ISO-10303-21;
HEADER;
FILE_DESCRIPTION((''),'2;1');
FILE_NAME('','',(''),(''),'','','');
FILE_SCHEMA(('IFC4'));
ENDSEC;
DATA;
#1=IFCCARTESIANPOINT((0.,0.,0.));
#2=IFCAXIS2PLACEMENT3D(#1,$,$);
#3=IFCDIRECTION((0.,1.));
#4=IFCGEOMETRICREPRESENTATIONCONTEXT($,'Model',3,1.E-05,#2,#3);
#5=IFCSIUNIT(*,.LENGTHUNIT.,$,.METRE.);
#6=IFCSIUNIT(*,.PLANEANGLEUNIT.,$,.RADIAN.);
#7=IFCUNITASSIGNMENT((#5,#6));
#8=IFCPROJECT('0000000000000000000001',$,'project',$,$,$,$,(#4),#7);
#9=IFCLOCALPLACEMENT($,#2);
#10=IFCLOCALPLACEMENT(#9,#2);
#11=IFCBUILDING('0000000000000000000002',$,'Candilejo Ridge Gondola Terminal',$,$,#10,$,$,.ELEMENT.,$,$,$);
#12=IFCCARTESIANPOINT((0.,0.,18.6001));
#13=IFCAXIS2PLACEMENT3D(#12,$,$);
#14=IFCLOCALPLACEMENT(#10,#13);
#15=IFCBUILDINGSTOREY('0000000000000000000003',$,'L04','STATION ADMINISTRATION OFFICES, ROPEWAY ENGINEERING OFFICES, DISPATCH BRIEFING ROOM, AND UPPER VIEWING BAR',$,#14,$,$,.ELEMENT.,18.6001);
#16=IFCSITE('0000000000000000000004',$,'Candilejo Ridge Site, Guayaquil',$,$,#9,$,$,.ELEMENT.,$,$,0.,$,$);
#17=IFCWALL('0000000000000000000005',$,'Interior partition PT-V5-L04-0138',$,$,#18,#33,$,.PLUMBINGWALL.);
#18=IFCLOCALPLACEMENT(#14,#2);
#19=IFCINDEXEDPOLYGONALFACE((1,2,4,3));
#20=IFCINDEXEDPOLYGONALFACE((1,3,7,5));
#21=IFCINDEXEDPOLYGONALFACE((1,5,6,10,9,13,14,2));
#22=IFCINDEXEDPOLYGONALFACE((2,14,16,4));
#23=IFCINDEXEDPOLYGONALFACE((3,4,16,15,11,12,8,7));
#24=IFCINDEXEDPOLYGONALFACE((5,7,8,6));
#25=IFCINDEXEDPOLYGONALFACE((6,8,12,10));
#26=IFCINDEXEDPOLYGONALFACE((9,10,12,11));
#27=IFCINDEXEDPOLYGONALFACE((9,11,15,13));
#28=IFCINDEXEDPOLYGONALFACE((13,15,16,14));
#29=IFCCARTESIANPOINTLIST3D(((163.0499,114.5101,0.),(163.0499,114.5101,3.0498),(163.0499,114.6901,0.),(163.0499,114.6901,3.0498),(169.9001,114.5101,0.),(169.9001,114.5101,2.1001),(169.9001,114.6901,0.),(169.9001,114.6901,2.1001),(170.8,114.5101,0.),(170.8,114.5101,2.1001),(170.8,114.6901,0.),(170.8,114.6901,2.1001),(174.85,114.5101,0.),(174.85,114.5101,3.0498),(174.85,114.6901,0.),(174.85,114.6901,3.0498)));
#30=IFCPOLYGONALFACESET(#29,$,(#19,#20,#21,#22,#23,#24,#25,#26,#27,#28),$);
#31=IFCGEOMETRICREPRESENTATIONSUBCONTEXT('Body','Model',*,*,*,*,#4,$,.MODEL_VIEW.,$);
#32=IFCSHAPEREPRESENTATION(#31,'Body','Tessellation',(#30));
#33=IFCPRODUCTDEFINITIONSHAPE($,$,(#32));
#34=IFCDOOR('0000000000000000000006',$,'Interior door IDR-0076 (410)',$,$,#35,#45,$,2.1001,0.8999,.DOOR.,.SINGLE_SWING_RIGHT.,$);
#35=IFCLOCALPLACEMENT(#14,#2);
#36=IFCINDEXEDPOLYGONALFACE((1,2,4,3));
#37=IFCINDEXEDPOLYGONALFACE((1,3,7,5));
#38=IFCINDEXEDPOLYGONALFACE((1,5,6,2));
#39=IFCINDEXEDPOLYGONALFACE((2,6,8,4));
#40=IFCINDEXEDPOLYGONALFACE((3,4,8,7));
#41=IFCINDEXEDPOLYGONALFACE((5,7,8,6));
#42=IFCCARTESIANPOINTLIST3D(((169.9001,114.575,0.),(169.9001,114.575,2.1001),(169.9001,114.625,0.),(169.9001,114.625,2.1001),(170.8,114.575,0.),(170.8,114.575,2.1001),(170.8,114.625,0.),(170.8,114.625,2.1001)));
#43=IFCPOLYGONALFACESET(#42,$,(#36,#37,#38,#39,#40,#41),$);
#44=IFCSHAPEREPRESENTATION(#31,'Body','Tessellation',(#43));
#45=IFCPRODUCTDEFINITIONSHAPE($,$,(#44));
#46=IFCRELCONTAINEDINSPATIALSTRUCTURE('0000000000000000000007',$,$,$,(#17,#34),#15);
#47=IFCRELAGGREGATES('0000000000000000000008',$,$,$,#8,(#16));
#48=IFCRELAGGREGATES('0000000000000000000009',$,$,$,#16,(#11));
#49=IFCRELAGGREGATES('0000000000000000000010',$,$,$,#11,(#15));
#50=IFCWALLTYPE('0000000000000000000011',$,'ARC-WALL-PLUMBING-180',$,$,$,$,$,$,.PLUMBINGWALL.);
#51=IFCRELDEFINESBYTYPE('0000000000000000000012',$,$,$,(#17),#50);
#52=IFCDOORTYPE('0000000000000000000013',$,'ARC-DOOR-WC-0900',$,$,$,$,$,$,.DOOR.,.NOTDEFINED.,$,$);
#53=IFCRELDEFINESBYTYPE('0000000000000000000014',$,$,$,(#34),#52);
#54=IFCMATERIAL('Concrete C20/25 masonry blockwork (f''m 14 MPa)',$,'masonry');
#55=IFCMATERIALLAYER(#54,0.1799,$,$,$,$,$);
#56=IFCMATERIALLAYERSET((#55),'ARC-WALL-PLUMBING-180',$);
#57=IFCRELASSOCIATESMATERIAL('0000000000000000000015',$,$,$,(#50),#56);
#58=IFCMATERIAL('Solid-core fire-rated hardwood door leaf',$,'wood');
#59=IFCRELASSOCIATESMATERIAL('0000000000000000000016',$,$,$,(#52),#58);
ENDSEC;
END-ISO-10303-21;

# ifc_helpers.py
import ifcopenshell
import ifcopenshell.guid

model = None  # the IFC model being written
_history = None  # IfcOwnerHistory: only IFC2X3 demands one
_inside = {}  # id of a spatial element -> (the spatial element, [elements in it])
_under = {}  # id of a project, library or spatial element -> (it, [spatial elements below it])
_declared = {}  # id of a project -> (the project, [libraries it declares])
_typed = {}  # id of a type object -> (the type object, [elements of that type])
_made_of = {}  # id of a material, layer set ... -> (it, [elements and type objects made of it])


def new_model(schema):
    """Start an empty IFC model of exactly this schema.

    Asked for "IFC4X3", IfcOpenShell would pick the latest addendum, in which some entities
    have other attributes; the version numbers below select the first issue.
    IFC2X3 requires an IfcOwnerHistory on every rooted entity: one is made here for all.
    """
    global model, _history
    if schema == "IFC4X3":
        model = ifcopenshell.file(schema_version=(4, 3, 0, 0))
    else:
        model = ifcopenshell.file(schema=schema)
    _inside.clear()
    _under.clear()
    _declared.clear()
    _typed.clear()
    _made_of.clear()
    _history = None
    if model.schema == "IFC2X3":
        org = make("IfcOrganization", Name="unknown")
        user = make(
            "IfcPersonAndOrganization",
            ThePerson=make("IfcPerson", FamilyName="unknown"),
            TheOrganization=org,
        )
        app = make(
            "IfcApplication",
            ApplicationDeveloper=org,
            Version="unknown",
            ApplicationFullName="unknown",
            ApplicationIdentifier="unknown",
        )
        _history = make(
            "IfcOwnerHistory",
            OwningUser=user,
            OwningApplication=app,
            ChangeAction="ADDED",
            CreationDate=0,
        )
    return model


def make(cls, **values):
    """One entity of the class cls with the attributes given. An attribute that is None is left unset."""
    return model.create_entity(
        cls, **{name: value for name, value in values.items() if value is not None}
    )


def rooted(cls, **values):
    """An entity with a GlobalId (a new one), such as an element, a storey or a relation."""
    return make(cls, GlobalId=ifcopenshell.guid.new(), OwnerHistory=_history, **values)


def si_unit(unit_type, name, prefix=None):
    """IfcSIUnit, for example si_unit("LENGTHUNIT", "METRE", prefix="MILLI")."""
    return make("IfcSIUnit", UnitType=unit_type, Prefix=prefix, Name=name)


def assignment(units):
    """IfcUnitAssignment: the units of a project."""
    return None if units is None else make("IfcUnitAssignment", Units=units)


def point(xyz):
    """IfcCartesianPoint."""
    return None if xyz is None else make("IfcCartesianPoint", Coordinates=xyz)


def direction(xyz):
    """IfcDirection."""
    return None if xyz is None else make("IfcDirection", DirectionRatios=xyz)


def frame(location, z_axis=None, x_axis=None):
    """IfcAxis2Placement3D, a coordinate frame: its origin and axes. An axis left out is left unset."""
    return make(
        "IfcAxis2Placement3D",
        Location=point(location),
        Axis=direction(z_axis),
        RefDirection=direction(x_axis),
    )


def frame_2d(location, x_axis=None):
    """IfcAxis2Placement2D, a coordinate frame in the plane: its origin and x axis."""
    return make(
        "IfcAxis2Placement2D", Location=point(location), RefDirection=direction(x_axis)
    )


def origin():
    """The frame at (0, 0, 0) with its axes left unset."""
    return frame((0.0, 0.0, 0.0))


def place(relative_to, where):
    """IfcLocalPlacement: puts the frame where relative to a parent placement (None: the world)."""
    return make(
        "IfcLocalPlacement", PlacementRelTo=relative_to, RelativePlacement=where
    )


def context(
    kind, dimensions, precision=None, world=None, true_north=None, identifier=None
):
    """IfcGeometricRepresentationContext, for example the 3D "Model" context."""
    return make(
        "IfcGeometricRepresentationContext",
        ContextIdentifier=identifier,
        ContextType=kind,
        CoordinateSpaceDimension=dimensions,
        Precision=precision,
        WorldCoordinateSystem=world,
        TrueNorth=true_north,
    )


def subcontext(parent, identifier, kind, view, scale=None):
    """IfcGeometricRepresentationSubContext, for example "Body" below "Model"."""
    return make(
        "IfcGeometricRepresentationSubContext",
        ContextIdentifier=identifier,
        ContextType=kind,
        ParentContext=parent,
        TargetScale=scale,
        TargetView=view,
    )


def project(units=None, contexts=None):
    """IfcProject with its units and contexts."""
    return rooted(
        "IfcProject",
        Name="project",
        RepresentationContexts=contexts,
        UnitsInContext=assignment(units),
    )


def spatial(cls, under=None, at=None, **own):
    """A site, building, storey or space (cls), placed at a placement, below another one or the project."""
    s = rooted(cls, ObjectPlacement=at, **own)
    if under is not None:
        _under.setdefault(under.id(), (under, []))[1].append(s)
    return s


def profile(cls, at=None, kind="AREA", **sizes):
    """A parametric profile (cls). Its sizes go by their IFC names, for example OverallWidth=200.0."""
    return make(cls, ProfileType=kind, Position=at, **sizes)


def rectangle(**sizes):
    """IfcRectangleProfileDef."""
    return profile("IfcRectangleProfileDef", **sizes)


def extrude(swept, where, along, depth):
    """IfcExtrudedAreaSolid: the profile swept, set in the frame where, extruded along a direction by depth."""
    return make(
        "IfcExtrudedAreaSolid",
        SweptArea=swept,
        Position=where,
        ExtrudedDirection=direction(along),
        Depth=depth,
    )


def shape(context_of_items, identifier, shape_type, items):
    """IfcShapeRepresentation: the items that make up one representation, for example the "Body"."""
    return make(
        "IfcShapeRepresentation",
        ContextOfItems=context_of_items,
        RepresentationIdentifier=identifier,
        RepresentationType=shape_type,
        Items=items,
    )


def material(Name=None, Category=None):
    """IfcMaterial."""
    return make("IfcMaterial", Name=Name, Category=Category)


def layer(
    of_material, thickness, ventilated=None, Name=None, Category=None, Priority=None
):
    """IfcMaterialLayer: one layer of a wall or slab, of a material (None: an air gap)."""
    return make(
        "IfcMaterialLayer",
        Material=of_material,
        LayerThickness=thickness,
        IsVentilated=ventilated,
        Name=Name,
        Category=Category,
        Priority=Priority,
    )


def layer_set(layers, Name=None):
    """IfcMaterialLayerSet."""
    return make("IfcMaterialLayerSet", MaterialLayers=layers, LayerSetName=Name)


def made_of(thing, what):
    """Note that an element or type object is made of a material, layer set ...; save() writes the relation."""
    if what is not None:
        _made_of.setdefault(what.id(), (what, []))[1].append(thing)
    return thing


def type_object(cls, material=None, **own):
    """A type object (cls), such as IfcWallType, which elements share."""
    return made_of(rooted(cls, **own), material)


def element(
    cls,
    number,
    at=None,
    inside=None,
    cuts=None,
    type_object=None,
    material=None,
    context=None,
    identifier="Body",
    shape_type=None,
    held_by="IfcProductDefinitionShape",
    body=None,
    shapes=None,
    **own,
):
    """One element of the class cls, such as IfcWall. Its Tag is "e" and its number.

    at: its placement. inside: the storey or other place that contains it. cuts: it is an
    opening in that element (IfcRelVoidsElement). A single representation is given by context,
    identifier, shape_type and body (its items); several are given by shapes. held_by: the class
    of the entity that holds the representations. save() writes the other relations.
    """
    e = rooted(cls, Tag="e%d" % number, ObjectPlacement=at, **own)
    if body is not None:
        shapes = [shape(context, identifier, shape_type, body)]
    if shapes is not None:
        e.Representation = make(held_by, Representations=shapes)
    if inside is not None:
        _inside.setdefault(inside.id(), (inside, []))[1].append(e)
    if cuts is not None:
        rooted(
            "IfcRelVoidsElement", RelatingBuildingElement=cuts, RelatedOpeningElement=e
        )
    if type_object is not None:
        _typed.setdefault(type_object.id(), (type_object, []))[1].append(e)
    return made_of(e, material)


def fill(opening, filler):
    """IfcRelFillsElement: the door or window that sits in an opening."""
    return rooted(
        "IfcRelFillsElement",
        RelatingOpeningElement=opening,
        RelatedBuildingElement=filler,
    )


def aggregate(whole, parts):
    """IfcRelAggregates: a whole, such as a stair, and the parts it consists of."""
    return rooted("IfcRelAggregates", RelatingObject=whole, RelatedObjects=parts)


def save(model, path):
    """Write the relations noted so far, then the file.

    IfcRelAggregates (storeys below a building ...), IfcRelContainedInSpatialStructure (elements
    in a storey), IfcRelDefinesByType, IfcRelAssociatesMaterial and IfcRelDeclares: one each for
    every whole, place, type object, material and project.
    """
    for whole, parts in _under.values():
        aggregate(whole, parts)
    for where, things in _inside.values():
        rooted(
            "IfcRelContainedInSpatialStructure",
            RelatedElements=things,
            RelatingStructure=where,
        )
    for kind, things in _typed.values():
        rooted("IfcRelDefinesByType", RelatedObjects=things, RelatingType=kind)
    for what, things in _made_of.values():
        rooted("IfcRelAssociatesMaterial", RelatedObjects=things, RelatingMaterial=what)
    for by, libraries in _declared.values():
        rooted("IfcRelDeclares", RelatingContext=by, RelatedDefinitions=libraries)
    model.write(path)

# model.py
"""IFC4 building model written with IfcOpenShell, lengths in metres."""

from ifc_helpers import new_model, si_unit, direction, frame, frame_2d, origin, place, context, subcontext, project, spatial, rectangle, extrude, material, layer, layer_set, type_object, element, fill, save


model = new_model("IFC4")

# Units and contexts
model_context = context("Model", 3, precision=1e-05, world=origin(), true_north=direction((0.0, 1.0)))
body_context = subcontext(model_context, "Body", "Model", "MODEL_VIEW")
ifc_project = project(units=[si_unit("LENGTHUNIT", "METRE"), si_unit("PLANEANGLEUNIT", "RADIAN")], contexts=[model_context])

# Site, building, storey
site_placement = place(None, origin())
site = spatial("IfcSite", under=ifc_project, at=site_placement, Name="Candilejo Ridge Site, Guayaquil", CompositionType="ELEMENT", RefElevation=0.0)
building_placement = place(site_placement, origin())
building = spatial("IfcBuilding", under=site, at=building_placement, Name="Candilejo Ridge Gondola Terminal", CompositionType="ELEMENT")
storey_placement = place(building_placement, frame((0.0, 0.0, 18.6001)))
storey = spatial("IfcBuildingStorey", under=building, at=storey_placement, Name="L04", Description="STATION ADMINISTRATION OFFICES, ROPEWAY ENGINEERING OFFICES, DISPATCH BRIEFING ROOM, AND UPPER VIEWING BAR", CompositionType="ELEMENT", Elevation=18.6001)

# Wall, opening, door
ifc_material_1 = material(Name="Concrete C20/25 masonry blockwork (f'm 14 MPa)", Category="masonry")
ifc_layer_1 = layer(ifc_material_1, 0.1799)
ifc_layer_set_1 = layer_set([ifc_layer_1], Name="ARC-WALL-PLUMBING-180")
wall_type = type_object("IfcWallType", Name="ARC-WALL-PLUMBING-180", PredefinedType="PLUMBINGWALL", material=ifc_layer_set_1)
wall_placement = place(storey_placement, frame((163.05, 114.6001, 0.0), z_axis=(0.0, 0.0, 1.0), x_axis=(1.0, 0.0, 0.0)))
wall = element("IfcWall", 1, at=wall_placement, inside=storey, type_object=wall_type, Name="Interior partition PT-V5-L04-0138", PredefinedType="PLUMBINGWALL", context=body_context, shape_type="SweptSolid", body=[
    extrude(rectangle(XDim=11.8, YDim=0.1799, at=frame_2d((5.8999, 0.0))), origin(), (0.0, 0.0, 1.0), 3.0498),
])
opening_placement = place(wall_placement, frame((6.8501, 0.0, 0.0)))
opening = element("IfcOpeningElement", 2, at=opening_placement, cuts=wall, PredefinedType="OPENING", context=body_context, shape_type="SweptSolid", body=[
    extrude(rectangle(XDim=0.8999, YDim=2.1001, at=frame_2d((0.45, 1.05))), frame((0.0, 0.0999, 0.0), z_axis=(0.0, -1.0, 0.0), x_axis=(1.0, 0.0, 0.0)), (0.0, 0.0, 1.0), 0.2),
])
ifc_material_2 = material(Name="Solid-core fire-rated hardwood door leaf", Category="wood")
door_type = type_object("IfcDoorType", Name="ARC-DOOR-WC-0900", OperationType="NOTDEFINED", PredefinedType="DOOR", material=ifc_material_2)
door_placement = place(opening_placement, origin())
door = element("IfcDoor", 3, at=door_placement, inside=storey, type_object=door_type, Name="Interior door IDR-0076 (410)", OperationType="SINGLE_SWING_RIGHT", OverallHeight=2.1001, OverallWidth=0.8999, PredefinedType="DOOR", context=body_context, shape_type="SweptSolid", body=[
    extrude(rectangle(XDim=0.8999, YDim=2.1001, at=frame_2d((0.45, 1.05))), frame((0.0, 0.0249, 0.0), z_axis=(0.0, -1.0, 0.0), x_axis=(1.0, 0.0, 0.0)), (0.0, 0.0, 1.0), 0.05),
])
fill(opening, door)

save(model, "model.ifc")
